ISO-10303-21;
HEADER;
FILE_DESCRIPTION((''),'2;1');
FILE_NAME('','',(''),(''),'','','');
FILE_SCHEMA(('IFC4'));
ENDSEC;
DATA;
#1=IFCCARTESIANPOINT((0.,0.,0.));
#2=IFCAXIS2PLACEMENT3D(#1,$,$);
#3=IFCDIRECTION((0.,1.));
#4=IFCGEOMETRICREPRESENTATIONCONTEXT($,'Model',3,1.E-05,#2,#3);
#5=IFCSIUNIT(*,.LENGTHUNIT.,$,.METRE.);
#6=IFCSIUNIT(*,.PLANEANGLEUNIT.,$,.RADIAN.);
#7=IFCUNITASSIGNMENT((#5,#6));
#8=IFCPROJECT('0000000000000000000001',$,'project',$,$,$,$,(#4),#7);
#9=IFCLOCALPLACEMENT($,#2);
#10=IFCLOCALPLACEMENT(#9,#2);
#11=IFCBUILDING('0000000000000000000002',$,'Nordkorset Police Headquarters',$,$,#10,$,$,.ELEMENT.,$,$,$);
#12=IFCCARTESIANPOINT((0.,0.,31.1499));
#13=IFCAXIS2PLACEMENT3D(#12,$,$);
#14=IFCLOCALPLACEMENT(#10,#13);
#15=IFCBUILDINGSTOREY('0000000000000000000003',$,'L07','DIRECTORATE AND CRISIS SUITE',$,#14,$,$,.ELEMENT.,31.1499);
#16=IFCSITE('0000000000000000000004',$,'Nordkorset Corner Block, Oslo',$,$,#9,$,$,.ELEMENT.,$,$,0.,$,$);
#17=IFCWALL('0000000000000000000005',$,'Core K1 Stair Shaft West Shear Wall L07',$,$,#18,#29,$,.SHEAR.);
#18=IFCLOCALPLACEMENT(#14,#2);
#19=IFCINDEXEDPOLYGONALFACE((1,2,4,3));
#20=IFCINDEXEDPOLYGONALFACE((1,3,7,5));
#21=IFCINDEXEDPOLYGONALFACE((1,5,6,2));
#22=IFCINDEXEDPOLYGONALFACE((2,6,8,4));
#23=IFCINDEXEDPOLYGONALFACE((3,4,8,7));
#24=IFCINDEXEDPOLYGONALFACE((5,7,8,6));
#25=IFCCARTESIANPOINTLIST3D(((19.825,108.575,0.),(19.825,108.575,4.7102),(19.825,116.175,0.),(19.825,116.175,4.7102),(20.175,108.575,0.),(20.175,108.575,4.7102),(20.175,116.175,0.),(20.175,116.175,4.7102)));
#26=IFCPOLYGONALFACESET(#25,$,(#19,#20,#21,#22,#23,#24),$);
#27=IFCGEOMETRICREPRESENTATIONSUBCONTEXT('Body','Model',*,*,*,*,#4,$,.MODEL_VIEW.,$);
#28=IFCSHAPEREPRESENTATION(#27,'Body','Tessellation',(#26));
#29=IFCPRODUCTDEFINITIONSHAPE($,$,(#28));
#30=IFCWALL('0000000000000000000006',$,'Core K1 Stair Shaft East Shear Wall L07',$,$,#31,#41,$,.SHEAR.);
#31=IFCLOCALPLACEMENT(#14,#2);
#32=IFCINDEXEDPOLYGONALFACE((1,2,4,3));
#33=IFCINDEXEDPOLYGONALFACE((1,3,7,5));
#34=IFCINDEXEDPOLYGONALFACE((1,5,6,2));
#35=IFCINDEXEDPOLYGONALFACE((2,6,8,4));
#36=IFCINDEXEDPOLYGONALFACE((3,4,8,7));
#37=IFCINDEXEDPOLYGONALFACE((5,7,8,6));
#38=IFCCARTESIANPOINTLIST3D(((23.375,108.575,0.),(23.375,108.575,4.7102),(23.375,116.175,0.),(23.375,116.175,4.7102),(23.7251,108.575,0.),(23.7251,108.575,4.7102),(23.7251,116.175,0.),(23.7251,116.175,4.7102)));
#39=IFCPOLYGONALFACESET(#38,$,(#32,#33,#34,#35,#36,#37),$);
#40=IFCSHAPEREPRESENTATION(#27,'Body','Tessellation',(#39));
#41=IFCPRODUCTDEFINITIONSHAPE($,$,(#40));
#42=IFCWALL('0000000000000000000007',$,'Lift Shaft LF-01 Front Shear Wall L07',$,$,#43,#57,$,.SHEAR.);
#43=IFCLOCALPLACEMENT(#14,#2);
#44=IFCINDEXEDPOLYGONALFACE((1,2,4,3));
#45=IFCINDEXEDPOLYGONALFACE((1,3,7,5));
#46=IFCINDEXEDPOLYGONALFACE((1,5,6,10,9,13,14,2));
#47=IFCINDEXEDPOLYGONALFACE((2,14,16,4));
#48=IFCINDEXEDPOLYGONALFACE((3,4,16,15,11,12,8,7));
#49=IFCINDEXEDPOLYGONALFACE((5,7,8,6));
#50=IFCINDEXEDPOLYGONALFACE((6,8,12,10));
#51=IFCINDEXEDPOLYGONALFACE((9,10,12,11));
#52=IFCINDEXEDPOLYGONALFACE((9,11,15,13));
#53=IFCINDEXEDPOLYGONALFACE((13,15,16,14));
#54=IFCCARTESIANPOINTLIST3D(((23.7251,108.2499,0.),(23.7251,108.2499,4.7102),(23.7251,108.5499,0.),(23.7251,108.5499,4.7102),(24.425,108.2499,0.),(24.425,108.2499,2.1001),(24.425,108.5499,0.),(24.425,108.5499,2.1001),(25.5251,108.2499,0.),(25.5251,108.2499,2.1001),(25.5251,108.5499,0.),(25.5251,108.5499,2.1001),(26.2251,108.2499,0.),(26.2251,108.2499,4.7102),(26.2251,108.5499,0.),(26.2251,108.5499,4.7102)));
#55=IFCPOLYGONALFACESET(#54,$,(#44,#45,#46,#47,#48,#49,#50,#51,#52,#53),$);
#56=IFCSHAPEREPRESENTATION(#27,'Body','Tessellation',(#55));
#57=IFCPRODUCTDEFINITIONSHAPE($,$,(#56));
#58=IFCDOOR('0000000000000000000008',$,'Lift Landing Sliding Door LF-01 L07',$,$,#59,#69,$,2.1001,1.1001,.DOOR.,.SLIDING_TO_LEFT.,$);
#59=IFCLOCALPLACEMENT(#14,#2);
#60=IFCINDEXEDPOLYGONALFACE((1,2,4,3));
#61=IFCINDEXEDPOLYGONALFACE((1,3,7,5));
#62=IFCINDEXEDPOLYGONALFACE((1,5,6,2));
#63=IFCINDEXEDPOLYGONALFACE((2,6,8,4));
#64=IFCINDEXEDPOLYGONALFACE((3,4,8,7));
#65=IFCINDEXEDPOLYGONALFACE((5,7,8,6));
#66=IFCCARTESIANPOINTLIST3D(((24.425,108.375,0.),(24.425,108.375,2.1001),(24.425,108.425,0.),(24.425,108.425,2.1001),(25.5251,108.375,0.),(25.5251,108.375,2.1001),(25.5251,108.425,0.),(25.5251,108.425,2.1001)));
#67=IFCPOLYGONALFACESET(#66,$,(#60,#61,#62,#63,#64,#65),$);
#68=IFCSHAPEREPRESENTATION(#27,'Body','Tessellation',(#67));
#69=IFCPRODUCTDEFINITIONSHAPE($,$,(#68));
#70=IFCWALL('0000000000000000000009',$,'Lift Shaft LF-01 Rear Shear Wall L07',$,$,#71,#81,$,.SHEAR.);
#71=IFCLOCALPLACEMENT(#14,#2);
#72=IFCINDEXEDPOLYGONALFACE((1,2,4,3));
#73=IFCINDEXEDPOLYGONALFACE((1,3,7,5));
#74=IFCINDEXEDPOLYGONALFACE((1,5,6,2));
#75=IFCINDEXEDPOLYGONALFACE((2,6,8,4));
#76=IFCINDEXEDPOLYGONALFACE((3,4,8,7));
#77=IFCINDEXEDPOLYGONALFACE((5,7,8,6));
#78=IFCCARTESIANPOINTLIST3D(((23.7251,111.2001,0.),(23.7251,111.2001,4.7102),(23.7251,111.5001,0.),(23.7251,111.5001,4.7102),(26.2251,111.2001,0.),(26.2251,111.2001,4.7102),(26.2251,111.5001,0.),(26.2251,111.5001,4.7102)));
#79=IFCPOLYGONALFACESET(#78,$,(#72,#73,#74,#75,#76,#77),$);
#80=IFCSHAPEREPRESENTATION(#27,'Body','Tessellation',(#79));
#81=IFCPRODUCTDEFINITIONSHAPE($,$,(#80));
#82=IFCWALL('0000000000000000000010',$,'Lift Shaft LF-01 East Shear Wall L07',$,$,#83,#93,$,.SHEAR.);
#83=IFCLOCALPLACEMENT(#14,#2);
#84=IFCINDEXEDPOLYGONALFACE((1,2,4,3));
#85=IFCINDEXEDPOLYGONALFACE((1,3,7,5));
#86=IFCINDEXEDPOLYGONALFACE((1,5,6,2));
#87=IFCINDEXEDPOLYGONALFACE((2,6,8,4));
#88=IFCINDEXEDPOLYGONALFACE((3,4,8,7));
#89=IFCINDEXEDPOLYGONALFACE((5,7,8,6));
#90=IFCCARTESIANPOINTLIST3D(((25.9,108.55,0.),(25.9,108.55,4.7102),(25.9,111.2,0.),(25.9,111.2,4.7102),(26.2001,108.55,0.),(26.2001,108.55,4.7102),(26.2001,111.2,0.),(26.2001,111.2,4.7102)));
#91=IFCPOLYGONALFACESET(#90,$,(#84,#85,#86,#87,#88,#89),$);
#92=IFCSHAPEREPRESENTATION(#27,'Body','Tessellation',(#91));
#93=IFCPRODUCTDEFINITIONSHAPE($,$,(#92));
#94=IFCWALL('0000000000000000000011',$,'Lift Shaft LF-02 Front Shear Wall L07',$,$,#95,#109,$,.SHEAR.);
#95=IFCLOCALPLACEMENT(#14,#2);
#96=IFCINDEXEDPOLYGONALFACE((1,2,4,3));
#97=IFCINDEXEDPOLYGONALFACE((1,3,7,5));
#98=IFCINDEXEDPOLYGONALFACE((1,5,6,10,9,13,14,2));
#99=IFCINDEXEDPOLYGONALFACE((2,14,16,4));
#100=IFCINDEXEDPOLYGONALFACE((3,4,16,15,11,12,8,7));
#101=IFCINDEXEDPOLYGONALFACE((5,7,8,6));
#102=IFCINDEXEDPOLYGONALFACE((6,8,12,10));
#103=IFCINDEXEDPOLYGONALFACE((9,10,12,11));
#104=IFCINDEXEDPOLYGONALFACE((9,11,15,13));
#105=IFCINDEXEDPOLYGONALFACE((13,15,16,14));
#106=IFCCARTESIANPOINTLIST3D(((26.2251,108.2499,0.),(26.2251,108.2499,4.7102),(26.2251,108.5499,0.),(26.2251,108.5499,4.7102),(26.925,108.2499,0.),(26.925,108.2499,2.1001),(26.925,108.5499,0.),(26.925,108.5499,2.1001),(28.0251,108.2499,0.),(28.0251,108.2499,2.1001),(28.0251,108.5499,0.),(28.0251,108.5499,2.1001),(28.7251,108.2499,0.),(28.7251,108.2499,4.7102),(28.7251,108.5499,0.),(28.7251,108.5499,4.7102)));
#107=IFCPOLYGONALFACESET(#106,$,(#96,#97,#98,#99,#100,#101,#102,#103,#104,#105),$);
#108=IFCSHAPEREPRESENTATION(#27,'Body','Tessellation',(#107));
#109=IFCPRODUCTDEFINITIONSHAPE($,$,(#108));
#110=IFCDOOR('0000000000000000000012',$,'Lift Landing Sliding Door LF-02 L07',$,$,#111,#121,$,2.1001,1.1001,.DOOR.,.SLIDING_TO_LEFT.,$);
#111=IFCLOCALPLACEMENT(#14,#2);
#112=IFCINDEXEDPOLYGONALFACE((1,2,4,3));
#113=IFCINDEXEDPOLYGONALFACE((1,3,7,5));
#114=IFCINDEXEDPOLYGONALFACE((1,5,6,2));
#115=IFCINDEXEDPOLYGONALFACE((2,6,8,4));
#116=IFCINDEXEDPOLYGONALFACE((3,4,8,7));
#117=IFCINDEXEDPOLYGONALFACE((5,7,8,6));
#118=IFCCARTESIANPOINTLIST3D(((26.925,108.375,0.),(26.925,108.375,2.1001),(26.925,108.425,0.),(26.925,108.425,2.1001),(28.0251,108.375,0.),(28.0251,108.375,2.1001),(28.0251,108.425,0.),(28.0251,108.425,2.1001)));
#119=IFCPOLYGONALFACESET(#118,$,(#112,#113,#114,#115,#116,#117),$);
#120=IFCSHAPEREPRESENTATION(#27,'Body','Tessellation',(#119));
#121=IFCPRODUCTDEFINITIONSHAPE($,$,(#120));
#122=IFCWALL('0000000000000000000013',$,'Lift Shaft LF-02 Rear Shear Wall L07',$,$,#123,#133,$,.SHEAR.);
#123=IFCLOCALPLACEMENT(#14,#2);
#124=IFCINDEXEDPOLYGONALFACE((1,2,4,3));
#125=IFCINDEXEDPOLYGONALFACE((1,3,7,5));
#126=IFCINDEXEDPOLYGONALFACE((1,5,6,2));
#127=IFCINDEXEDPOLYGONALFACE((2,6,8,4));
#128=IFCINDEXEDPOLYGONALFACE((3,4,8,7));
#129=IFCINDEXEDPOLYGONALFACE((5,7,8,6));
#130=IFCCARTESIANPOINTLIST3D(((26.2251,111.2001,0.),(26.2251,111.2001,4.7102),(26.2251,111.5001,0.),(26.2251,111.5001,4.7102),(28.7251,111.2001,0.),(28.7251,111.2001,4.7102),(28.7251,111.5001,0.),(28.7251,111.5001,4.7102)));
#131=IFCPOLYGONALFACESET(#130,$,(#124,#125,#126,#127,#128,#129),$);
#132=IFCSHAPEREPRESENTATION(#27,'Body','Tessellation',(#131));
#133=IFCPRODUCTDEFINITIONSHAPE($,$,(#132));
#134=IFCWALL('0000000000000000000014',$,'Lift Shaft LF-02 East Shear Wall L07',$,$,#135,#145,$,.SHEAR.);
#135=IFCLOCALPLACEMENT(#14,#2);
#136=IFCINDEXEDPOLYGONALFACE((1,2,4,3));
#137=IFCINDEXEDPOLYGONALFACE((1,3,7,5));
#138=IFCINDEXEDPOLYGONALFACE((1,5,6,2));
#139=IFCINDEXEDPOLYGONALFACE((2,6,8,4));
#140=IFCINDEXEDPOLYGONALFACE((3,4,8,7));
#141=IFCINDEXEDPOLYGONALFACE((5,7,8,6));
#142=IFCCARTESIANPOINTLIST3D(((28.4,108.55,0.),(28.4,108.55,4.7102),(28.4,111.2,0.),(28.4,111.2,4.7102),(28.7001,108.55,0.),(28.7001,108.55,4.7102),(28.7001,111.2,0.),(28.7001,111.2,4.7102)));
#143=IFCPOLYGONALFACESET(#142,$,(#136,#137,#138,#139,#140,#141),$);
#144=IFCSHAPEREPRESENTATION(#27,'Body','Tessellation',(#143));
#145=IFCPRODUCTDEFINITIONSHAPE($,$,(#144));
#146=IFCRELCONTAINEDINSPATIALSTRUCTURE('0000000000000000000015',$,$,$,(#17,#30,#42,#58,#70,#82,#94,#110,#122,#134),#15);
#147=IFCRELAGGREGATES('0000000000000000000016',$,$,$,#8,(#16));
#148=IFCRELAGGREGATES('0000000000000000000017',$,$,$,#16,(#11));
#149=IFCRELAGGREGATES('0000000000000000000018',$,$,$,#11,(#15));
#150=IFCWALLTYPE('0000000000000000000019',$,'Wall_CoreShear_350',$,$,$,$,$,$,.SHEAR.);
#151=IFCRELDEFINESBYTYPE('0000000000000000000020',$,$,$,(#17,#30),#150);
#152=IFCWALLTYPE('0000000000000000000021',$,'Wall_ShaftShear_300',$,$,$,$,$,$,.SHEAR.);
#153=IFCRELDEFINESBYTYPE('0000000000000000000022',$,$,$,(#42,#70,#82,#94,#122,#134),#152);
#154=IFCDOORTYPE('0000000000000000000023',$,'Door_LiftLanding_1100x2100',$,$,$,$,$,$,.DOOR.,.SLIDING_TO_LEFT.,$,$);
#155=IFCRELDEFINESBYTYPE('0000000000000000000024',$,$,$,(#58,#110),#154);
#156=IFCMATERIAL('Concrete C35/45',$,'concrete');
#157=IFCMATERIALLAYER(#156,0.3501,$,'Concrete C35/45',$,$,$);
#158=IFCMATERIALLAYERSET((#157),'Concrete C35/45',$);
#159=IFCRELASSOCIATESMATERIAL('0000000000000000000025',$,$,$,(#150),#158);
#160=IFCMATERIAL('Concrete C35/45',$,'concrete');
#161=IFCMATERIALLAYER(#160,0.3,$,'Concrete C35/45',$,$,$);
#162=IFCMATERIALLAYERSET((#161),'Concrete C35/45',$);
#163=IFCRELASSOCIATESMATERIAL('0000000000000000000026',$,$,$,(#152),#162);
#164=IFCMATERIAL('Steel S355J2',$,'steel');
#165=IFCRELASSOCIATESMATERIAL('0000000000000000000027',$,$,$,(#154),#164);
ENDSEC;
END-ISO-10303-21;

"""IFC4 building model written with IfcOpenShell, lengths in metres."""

from ifc_helpers import new_model, si_unit, direction, frame, frame_2d, origin, place, context, subcontext, project, spatial, rectangle, extrude, material, layer, layer_set, type_object, element, fill, save


model = new_model("IFC4")

# Units and contexts
model_context = context("Model", 3, precision=1e-05, world=origin(), true_north=direction((0.0, 1.0)))
body_context = subcontext(model_context, "Body", "Model", "MODEL_VIEW")
ifc_project = project(units=[si_unit("LENGTHUNIT", "METRE"), si_unit("PLANEANGLEUNIT", "RADIAN")], contexts=[model_context])

# Site, building, storey
site_placement = place(None, origin())
site = spatial("IfcSite", under=ifc_project, at=site_placement, Name="Nordkorset Corner Block, Oslo", CompositionType="ELEMENT", RefElevation=0.0)
building_placement = place(site_placement, origin())
building = spatial("IfcBuilding", under=site, at=building_placement, Name="Nordkorset Police Headquarters", CompositionType="ELEMENT")
storey_placement = place(building_placement, frame((0.0, 0.0, 31.1499)))
storey = spatial("IfcBuildingStorey", under=building, at=storey_placement, Name="L07", Description="DIRECTORATE AND CRISIS SUITE", CompositionType="ELEMENT", Elevation=31.1499)

# Shared definitions
ifc_material_1 = material(Name="Concrete C35/45", Category="concrete")
ifc_layer_1 = layer(ifc_material_1, 0.3501, Name="Concrete C35/45")
ifc_layer_set_1 = layer_set([ifc_layer_1], Name="Concrete C35/45")
wall_type_1 = type_object("IfcWallType", Name="Wall_CoreShear_350", PredefinedType="SHEAR", material=ifc_layer_set_1)

# Walls
for number, where, z_axis, x_axis, name in (
    (1, (20.0, 108.575, 0.0), (0.0, 0.0, 1.0), (0.0, 1.0, 0.0), "Core K1 Stair Shaft West Shear Wall L07"),
    (2, (23.55, 108.575, 0.0), (0.0, 0.0, 1.0), (0.0, 1.0, 0.0), "Core K1 Stair Shaft East Shear Wall L07"),
):
    element("IfcWall", number, at=place(storey_placement, frame(where, z_axis=z_axis, x_axis=x_axis)), inside=storey, type_object=wall_type_1, Name=name, PredefinedType="SHEAR", context=body_context, shape_type="SweptSolid", body=[
        extrude(rectangle(XDim=7.6001, YDim=0.3501, at=frame_2d((3.8, 0.0))), origin(), (0.0, 0.0, 1.0), 4.7102),
    ])

# Wall, opening, door
ifc_material_2 = material(Name="Concrete C35/45", Category="concrete")
ifc_layer_2 = layer(ifc_material_2, 0.3, Name="Concrete C35/45")
ifc_layer_set_2 = layer_set([ifc_layer_2], Name="Concrete C35/45")
wall_type_2 = type_object("IfcWallType", Name="Wall_ShaftShear_300", PredefinedType="SHEAR", material=ifc_layer_set_2)
wall_1_placement = place(storey_placement, frame((23.7251, 108.3999, 0.0), z_axis=(0.0, 0.0, 1.0), x_axis=(1.0, 0.0, 0.0)))
wall_1 = element("IfcWall", 3, at=wall_1_placement, inside=storey, type_object=wall_type_2, Name="Lift Shaft LF-01 Front Shear Wall L07", PredefinedType="SHEAR", context=body_context, shape_type="SweptSolid", body=[
    extrude(rectangle(XDim=2.5, YDim=0.3, at=frame_2d((1.25, 0.0))), origin(), (0.0, 0.0, 1.0), 4.7102),
])
opening_1_placement = place(wall_1_placement, frame((0.7, 0.0, 0.0)))
opening_1 = element("IfcOpeningElement", 4, at=opening_1_placement, cuts=wall_1, PredefinedType="OPENING", context=body_context, shape_type="SweptSolid", body=[
    extrude(rectangle(XDim=1.1001, YDim=2.1001, at=frame_2d((0.55, 1.05))), frame((0.0, 0.1602, 0.0), z_axis=(0.0, -1.0, 0.0), x_axis=(1.0, 0.0, 0.0)), (0.0, 0.0, 1.0), 0.3201),
])
ifc_material_3 = material(Name="Steel S355J2", Category="steel")
door_type_1 = type_object("IfcDoorType", Name="Door_LiftLanding_1100x2100", OperationType="SLIDING_TO_LEFT", PredefinedType="DOOR", material=ifc_material_3)
door_1_placement = place(opening_1_placement, frame((1.1001, 0.0, 0.0), z_axis=(0.0, 0.0, 1.0), x_axis=(-1.0, 0.0, 0.0)))
door_1 = element("IfcDoor", 5, at=door_1_placement, inside=storey, type_object=door_type_1, Name="Lift Landing Sliding Door LF-01 L07", OperationType="SLIDING_TO_LEFT", OverallHeight=2.1001, OverallWidth=1.1001, PredefinedType="DOOR", context=body_context, shape_type="SweptSolid", body=[
    extrude(rectangle(XDim=1.1001, YDim=2.1001, at=frame_2d((0.55, 1.05))), frame((0.0, 0.0249, 0.0), z_axis=(0.0, -1.0, 0.0), x_axis=(1.0, 0.0, 0.0)), (0.0, 0.0, 1.0), 0.05),
])
fill(opening_1, door_1)

# Walls
wall_2_placement = place(storey_placement, frame((23.7251, 111.3501, 0.0), z_axis=(0.0, 0.0, 1.0), x_axis=(1.0, 0.0, 0.0)))
element("IfcWall", 6, at=wall_2_placement, inside=storey, type_object=wall_type_2, Name="Lift Shaft LF-01 Rear Shear Wall L07", PredefinedType="SHEAR", context=body_context, shape_type="SweptSolid", body=[
    extrude(rectangle(XDim=2.5, YDim=0.3, at=frame_2d((1.25, 0.0))), origin(), (0.0, 0.0, 1.0), 4.7102),
])
wall_3_placement = place(storey_placement, frame((26.05, 108.55, 0.0), z_axis=(0.0, 0.0, 1.0), x_axis=(0.0, 1.0, 0.0)))
element("IfcWall", 7, at=wall_3_placement, inside=storey, type_object=wall_type_2, Name="Lift Shaft LF-01 East Shear Wall L07", PredefinedType="SHEAR", context=body_context, shape_type="SweptSolid", body=[
    extrude(rectangle(XDim=2.6499, YDim=0.3, at=frame_2d((1.325, 0.0))), origin(), (0.0, 0.0, 1.0), 4.7102),
])

# Wall, opening, door
wall_4_placement = place(storey_placement, frame((26.2251, 108.3999, 0.0), z_axis=(0.0, 0.0, 1.0), x_axis=(1.0, 0.0, 0.0)))
wall_4 = element("IfcWall", 8, at=wall_4_placement, inside=storey, type_object=wall_type_2, Name="Lift Shaft LF-02 Front Shear Wall L07", PredefinedType="SHEAR", context=body_context, shape_type="SweptSolid", body=[
    extrude(rectangle(XDim=2.5, YDim=0.3, at=frame_2d((1.25, 0.0))), origin(), (0.0, 0.0, 1.0), 4.7102),
])
opening_2_placement = place(wall_4_placement, frame((0.7, 0.0, 0.0)))
opening_2 = element("IfcOpeningElement", 9, at=opening_2_placement, cuts=wall_4, PredefinedType="OPENING", context=body_context, shape_type="SweptSolid", body=[
    extrude(rectangle(XDim=1.1001, YDim=2.1001, at=frame_2d((0.55, 1.05))), frame((0.0, 0.1602, 0.0), z_axis=(0.0, -1.0, 0.0), x_axis=(1.0, 0.0, 0.0)), (0.0, 0.0, 1.0), 0.3201),
])
door_2_placement = place(opening_2_placement, frame((1.1001, 0.0, 0.0), z_axis=(0.0, 0.0, 1.0), x_axis=(-1.0, 0.0, 0.0)))
door_2 = element("IfcDoor", 10, at=door_2_placement, inside=storey, type_object=door_type_1, Name="Lift Landing Sliding Door LF-02 L07", OperationType="SLIDING_TO_LEFT", OverallHeight=2.1001, OverallWidth=1.1001, PredefinedType="DOOR", context=body_context, shape_type="SweptSolid", body=[
    extrude(rectangle(XDim=1.1001, YDim=2.1001, at=frame_2d((0.55, 1.05))), frame((0.0, 0.0249, 0.0), z_axis=(0.0, -1.0, 0.0), x_axis=(1.0, 0.0, 0.0)), (0.0, 0.0, 1.0), 0.05),
])
fill(opening_2, door_2)

# Walls
wall_5_placement = place(storey_placement, frame((26.2251, 111.3501, 0.0), z_axis=(0.0, 0.0, 1.0), x_axis=(1.0, 0.0, 0.0)))
element("IfcWall", 11, at=wall_5_placement, inside=storey, type_object=wall_type_2, Name="Lift Shaft LF-02 Rear Shear Wall L07", PredefinedType="SHEAR", context=body_context, shape_type="SweptSolid", body=[
    extrude(rectangle(XDim=2.5, YDim=0.3, at=frame_2d((1.25, 0.0))), origin(), (0.0, 0.0, 1.0), 4.7102),
])
wall_6_placement = place(storey_placement, frame((28.55, 108.55, 0.0), z_axis=(0.0, 0.0, 1.0), x_axis=(0.0, 1.0, 0.0)))
element("IfcWall", 12, at=wall_6_placement, inside=storey, type_object=wall_type_2, Name="Lift Shaft LF-02 East Shear Wall L07", PredefinedType="SHEAR", context=body_context, shape_type="SweptSolid", body=[
    extrude(rectangle(XDim=2.6499, YDim=0.3, at=frame_2d((1.325, 0.0))), origin(), (0.0, 0.0, 1.0), 4.7102),
])

save(model, "model.ifc")
